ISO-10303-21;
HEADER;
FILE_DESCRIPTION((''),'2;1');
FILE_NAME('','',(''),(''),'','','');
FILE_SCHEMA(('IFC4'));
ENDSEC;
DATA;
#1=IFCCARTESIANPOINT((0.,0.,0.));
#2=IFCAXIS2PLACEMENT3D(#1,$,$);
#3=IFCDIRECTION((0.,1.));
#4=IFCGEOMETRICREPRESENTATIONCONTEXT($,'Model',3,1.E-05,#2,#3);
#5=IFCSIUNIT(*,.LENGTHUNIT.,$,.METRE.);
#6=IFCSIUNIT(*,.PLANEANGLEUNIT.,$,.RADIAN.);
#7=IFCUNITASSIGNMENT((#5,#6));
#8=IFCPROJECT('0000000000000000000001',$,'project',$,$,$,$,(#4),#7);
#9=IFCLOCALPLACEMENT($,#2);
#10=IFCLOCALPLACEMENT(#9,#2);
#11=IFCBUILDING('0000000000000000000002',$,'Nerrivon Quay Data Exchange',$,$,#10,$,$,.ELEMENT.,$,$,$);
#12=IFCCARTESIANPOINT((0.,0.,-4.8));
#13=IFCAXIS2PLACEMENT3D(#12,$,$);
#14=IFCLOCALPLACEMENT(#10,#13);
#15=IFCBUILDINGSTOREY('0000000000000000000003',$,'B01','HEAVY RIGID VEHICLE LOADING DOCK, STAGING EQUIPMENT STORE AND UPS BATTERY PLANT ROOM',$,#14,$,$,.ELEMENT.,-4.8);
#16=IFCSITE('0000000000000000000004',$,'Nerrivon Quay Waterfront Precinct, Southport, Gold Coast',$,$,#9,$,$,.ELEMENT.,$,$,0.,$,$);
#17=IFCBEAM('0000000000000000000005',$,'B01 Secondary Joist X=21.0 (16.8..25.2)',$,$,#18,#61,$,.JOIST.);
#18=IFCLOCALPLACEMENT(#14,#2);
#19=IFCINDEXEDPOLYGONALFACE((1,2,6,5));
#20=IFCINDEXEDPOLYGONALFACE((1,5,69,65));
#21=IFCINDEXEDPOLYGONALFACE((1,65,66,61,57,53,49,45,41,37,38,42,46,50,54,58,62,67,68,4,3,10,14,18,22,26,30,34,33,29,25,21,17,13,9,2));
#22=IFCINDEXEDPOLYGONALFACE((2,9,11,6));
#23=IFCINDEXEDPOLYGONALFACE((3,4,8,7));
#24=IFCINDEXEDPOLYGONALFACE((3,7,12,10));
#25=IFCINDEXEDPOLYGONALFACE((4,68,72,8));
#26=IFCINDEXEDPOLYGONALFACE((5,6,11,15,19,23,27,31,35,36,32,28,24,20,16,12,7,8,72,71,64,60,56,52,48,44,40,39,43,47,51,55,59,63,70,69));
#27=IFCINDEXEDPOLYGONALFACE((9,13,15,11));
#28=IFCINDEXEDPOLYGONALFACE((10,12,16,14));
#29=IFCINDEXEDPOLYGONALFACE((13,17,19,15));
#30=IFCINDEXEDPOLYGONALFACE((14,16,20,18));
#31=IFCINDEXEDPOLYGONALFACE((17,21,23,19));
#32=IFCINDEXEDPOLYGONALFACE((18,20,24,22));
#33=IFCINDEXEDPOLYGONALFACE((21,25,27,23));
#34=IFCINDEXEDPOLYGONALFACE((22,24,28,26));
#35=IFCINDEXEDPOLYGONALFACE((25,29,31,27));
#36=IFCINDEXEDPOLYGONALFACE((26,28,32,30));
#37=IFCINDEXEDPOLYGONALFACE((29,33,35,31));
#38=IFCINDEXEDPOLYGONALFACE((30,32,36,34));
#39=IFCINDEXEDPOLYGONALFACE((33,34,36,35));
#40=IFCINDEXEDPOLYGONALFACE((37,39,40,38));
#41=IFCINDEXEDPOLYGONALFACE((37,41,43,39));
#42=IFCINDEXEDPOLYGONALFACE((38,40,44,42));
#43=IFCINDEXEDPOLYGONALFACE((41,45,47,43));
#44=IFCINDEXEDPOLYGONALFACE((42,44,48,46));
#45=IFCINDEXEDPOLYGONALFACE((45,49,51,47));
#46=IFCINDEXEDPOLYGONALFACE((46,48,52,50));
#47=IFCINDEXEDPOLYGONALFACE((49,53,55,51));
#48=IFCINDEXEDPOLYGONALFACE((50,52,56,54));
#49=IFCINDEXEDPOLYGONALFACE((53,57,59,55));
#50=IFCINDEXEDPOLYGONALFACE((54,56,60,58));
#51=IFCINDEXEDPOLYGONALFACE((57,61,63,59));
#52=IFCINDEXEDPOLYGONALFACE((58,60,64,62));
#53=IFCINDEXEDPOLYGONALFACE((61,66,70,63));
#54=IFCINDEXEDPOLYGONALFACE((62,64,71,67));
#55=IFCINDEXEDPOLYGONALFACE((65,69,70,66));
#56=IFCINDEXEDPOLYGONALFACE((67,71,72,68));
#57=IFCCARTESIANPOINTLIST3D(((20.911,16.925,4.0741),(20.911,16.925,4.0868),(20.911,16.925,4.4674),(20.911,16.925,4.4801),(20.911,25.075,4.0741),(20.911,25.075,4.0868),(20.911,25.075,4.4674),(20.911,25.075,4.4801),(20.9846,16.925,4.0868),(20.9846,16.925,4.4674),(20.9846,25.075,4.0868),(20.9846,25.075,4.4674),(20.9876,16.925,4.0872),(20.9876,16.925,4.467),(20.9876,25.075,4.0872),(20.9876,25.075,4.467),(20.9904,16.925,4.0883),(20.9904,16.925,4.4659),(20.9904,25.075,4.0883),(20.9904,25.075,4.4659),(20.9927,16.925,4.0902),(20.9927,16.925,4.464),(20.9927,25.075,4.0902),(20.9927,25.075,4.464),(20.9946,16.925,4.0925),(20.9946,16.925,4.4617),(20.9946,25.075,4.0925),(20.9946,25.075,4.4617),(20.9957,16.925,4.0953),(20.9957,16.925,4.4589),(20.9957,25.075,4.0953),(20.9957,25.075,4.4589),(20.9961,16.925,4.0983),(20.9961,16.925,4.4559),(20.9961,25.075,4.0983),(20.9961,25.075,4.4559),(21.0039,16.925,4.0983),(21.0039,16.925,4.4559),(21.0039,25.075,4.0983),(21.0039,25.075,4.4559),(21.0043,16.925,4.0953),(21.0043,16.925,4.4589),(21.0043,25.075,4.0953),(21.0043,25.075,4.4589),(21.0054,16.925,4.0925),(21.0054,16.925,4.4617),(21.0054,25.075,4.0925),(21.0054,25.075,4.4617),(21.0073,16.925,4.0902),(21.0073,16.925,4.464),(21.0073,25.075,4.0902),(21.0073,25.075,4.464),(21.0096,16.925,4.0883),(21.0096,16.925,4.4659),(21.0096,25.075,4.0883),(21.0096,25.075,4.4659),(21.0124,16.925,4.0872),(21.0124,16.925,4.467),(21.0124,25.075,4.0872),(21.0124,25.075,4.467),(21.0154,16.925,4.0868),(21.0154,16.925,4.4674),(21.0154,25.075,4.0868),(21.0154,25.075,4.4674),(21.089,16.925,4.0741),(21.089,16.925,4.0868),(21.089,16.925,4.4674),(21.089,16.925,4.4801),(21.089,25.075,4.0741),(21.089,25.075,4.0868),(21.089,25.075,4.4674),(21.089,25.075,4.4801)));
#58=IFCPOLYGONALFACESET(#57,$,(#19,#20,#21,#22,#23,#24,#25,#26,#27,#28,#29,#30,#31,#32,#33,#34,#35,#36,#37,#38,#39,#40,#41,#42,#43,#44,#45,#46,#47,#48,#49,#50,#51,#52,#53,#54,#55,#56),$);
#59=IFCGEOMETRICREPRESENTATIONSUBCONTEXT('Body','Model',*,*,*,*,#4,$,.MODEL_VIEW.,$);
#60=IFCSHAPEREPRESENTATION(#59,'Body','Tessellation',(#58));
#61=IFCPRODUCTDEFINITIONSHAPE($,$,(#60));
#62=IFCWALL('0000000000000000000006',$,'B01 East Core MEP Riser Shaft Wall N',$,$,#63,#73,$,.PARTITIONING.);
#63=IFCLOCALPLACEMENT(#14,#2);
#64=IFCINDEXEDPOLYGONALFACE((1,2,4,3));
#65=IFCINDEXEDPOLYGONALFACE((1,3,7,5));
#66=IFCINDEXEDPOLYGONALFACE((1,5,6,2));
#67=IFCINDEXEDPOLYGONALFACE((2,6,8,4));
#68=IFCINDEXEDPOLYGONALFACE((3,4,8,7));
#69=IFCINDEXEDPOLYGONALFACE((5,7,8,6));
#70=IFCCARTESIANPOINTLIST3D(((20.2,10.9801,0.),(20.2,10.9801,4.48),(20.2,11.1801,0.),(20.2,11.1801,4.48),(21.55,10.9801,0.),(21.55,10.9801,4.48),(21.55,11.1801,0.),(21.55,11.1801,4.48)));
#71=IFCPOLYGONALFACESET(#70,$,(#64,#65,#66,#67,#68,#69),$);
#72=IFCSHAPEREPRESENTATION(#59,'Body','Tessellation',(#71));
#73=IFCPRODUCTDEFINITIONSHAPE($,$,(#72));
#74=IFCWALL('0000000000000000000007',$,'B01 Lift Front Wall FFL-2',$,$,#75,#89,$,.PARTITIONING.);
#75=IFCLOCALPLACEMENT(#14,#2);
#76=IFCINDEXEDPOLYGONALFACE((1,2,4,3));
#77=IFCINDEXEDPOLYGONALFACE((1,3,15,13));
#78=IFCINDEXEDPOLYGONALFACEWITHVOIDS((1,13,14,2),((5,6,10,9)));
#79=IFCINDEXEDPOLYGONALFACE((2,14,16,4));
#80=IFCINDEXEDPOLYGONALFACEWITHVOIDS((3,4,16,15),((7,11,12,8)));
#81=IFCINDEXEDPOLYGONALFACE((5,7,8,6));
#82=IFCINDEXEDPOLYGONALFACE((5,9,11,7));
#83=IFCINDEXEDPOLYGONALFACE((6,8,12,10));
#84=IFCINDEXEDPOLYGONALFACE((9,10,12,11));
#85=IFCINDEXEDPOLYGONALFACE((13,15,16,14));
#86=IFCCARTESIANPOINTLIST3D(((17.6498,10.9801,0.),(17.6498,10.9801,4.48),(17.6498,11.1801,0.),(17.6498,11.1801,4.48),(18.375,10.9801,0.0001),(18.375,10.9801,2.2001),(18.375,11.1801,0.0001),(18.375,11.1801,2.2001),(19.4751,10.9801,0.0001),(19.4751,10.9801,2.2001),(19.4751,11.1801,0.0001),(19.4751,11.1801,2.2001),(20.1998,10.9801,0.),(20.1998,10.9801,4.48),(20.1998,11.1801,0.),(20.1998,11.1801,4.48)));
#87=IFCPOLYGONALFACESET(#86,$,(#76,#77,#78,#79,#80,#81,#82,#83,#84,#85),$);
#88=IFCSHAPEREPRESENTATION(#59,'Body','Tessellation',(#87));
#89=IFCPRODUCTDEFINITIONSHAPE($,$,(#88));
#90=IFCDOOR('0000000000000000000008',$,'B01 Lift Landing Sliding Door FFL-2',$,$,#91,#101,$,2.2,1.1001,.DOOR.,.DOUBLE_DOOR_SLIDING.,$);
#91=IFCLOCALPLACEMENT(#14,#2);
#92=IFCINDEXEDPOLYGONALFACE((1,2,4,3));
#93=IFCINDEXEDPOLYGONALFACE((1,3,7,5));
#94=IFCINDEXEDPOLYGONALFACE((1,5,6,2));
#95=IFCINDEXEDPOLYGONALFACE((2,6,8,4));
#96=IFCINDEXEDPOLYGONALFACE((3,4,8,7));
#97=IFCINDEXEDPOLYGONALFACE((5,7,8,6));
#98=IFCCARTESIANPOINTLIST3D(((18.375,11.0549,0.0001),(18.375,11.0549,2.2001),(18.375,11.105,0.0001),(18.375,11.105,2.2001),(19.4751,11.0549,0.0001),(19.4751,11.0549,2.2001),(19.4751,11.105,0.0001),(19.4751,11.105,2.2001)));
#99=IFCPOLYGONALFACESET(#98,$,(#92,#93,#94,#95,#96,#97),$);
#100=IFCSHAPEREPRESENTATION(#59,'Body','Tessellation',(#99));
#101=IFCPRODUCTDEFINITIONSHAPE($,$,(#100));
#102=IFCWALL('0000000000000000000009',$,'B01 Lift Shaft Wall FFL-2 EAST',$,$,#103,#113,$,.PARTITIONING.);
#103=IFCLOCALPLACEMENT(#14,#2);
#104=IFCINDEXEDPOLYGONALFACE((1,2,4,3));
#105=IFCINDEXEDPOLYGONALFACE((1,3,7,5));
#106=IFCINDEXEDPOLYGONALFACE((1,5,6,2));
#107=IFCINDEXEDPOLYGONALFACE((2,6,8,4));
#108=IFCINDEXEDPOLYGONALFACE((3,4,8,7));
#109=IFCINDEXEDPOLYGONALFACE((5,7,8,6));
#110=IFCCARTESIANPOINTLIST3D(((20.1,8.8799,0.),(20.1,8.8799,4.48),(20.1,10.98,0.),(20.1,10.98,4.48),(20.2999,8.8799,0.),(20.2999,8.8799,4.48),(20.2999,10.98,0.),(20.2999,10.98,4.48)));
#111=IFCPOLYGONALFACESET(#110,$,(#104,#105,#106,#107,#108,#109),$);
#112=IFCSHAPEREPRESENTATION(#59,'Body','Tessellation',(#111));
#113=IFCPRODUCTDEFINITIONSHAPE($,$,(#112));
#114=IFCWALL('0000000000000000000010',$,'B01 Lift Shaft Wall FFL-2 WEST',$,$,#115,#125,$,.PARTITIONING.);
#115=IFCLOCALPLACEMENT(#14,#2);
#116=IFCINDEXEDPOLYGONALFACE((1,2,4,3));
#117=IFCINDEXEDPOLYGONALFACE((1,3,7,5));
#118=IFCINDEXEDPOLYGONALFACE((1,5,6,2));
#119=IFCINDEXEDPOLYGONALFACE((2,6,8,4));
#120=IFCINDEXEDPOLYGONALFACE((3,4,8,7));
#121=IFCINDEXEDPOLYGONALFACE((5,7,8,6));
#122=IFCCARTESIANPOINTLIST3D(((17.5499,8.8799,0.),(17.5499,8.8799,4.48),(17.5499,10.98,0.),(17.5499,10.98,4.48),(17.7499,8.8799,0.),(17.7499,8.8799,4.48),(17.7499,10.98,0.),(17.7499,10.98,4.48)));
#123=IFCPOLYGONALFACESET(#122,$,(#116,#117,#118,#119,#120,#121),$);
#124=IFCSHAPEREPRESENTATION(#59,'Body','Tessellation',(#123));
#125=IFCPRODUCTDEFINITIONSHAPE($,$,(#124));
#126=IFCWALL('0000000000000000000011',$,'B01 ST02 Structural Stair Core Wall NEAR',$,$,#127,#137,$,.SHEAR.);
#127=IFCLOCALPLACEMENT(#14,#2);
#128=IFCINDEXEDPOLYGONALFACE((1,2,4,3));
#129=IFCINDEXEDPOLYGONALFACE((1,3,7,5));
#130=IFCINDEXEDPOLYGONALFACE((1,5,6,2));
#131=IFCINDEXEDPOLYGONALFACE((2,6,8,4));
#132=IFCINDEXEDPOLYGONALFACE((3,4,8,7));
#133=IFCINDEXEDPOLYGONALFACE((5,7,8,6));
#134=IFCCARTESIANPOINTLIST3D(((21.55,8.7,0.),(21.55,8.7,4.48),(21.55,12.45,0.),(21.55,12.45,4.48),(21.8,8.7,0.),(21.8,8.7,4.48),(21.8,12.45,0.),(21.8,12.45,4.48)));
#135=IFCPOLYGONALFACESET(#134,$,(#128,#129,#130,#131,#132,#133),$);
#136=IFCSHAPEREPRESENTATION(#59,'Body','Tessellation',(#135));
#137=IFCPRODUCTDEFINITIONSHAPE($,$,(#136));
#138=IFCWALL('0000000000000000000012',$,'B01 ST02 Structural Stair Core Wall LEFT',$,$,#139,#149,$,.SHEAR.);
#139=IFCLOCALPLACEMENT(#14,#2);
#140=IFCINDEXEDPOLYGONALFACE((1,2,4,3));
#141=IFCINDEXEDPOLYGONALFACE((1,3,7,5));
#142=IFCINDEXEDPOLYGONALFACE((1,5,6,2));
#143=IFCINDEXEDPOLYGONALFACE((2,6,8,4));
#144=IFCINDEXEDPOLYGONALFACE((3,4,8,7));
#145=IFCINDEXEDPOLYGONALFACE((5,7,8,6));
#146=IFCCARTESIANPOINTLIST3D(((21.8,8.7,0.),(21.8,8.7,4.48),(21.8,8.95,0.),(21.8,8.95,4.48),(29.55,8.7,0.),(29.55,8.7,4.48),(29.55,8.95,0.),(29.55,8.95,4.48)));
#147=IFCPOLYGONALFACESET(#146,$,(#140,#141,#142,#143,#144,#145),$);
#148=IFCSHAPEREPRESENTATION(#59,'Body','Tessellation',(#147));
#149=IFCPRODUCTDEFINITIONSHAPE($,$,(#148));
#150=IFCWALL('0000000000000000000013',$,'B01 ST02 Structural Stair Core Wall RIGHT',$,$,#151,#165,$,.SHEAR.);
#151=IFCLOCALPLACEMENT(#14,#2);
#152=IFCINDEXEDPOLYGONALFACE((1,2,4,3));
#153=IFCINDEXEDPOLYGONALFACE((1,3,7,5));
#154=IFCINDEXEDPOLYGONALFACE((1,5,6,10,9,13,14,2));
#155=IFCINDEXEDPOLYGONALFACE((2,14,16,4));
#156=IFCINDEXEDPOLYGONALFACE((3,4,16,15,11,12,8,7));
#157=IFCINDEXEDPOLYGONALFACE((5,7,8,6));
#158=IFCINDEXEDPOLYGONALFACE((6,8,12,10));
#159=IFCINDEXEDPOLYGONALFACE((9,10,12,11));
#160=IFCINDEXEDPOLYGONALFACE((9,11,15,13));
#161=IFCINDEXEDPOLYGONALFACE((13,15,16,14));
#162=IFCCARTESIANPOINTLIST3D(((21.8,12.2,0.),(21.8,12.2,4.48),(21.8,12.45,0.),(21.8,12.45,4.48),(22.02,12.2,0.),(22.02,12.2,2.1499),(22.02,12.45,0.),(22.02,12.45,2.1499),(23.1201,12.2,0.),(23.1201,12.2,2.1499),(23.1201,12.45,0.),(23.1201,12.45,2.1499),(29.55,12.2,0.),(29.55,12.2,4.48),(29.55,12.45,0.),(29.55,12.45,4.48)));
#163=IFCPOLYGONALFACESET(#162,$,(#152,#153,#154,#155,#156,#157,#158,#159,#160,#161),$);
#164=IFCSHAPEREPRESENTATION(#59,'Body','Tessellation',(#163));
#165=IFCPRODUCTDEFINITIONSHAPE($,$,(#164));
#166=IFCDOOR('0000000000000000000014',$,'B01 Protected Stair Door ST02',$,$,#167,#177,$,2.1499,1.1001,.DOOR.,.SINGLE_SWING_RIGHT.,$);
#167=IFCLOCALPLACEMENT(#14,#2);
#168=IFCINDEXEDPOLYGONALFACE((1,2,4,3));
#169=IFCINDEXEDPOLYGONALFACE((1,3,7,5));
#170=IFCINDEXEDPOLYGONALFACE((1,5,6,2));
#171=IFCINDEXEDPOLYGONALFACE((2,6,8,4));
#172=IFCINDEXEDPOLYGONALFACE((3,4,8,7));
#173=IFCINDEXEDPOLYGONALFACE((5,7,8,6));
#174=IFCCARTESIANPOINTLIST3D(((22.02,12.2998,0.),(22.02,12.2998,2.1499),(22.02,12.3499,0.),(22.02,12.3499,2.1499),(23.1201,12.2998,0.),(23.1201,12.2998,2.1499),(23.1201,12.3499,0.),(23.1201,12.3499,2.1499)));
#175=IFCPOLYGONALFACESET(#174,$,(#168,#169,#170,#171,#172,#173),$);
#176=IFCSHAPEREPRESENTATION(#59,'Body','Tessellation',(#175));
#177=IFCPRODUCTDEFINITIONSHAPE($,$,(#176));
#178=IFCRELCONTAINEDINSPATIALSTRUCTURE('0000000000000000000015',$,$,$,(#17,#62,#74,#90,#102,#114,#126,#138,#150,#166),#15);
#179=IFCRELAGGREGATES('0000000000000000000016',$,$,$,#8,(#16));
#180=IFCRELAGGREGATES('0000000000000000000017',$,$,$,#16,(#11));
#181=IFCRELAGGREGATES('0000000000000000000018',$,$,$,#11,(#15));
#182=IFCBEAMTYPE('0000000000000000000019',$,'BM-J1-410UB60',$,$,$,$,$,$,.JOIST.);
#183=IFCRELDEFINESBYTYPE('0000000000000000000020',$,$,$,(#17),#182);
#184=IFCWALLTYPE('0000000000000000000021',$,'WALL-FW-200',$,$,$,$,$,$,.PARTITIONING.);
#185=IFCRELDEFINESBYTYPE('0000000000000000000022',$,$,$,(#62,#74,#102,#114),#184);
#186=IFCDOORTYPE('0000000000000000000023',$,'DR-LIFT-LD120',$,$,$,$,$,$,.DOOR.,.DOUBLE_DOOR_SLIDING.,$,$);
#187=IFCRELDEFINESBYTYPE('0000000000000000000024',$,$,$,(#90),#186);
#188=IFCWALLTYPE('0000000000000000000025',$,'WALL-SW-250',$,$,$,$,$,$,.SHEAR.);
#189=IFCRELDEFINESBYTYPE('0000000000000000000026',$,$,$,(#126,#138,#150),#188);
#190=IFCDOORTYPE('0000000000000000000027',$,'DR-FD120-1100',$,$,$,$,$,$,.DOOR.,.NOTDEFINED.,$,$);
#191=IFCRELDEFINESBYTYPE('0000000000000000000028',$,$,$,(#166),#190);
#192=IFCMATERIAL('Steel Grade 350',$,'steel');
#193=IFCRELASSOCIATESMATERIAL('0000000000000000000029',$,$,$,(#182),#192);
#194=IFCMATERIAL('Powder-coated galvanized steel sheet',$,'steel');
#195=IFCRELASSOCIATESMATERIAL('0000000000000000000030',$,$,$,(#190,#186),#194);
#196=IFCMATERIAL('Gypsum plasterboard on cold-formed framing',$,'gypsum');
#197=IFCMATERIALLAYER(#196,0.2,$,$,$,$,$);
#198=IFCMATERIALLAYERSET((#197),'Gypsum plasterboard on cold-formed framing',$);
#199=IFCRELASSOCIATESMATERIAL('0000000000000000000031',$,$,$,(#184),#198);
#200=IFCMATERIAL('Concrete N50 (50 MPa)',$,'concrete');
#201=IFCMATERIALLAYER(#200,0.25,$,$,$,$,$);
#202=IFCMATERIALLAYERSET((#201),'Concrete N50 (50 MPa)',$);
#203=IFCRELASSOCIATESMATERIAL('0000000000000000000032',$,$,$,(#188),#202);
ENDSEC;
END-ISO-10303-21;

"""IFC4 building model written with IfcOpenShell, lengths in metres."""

from ifc_helpers import new_model, si_unit, direction, frame, frame_2d, origin, origin_2d, place, context, subcontext, project, spatial, rectangle, i_section, extrude, material, layer, layer_set, material_profile, profile_set, type_object, element, fill, save


model = new_model("IFC4")

# Units and contexts
model_context = context("Model", 3, precision=1e-05, world=origin(), true_north=direction((0.0, 1.0)))
body_context = subcontext(model_context, "Body", "Model", "MODEL_VIEW")
ifc_project = project(units=[si_unit("LENGTHUNIT", "METRE"), si_unit("PLANEANGLEUNIT", "RADIAN")], contexts=[model_context])

# Site, building, storey
site_placement = place(None, origin())
site = spatial("IfcSite", under=ifc_project, at=site_placement, Name="Nerrivon Quay Waterfront Precinct, Southport, Gold Coast", CompositionType="ELEMENT", RefElevation=0.0)
building_placement = place(site_placement, origin())
building = spatial("IfcBuilding", under=site, at=building_placement, Name="Nerrivon Quay Data Exchange", CompositionType="ELEMENT")
storey_placement = place(building_placement, frame((0.0, 0.0, -4.8)))
storey = spatial("IfcBuildingStorey", under=building, at=storey_placement, Name="B01", Description="HEAVY RIGID VEHICLE LOADING DOCK, STAGING EQUIPMENT STORE AND UPS BATTERY PLANT ROOM", CompositionType="ELEMENT", Elevation=-4.8)

# Beam
ifc_material_1 = material(Name="Steel Grade 350", Category="steel")
ifc_material_profile_1 = material_profile(ifc_material_1, i_section(OverallWidth=0.178, OverallDepth=0.406, WebThickness=0.0078, FlangeThickness=0.0127, FilletRadius=0.0115, at=origin_2d()), Name="410UB59.7")
ifc_profile_set_1 = profile_set([ifc_material_profile_1], Name="Steel Grade 350")
beam_type_1 = type_object("IfcBeamType", Name="BM-J1-410UB60", PredefinedType="JOIST", material=ifc_profile_set_1)
beam_1_placement = place(storey_placement, frame((21.0, 16.925, 4.2771), z_axis=(0.0, 1.0, 0.0), x_axis=(-1.0, 0.0, 0.0)))
element("IfcBeam", 1, at=beam_1_placement, inside=storey, type_object=beam_type_1, Name="B01 Secondary Joist X=21.0 (16.8..25.2)", PredefinedType="JOIST", context=body_context, shape_type="SweptSolid", body=[
    extrude(i_section(OverallWidth=0.178, OverallDepth=0.406, WebThickness=0.0078, FlangeThickness=0.0127, FilletRadius=0.0115, at=origin_2d()), origin(), (0.0, 0.0, 1.0), 8.1499),
])

# Shared definitions
ifc_material_2 = material(Name="Powder-coated galvanized steel sheet", Category="steel")
door_type_1 = type_object("IfcDoorType", Name="DR-FD120-1100", OperationType="NOTDEFINED", PredefinedType="DOOR", material=ifc_material_2)

# Wall
ifc_material_3 = material(Name="Gypsum plasterboard on cold-formed framing", Category="gypsum")
ifc_layer_1 = layer(ifc_material_3, 0.2)
ifc_layer_set_1 = layer_set([ifc_layer_1], Name="Gypsum plasterboard on cold-formed framing")
wall_type_1 = type_object("IfcWallType", Name="WALL-FW-200", PredefinedType="PARTITIONING", material=ifc_layer_set_1)
wall_1_placement = place(storey_placement, frame((20.2, 11.0801, 0.0), z_axis=(0.0, 0.0, 1.0), x_axis=(1.0, 0.0, 0.0)))
element("IfcWall", 2, at=wall_1_placement, inside=storey, type_object=wall_type_1, Name="B01 East Core MEP Riser Shaft Wall N", PredefinedType="PARTITIONING", context=body_context, shape_type="SweptSolid", body=[
    extrude(rectangle(XDim=1.3501, YDim=0.2, at=frame_2d((0.675, 0.0))), origin(), (0.0, 0.0, 1.0), 4.48),
])

# Wall, opening, door
wall_2_placement = place(storey_placement, frame((17.6499, 11.0801, 0.0), z_axis=(0.0, 0.0, 1.0), x_axis=(1.0, 0.0, 0.0)))
wall_2 = element("IfcWall", 3, at=wall_2_placement, inside=storey, type_object=wall_type_1, Name="B01 Lift Front Wall FFL-2", PredefinedType="PARTITIONING", context=body_context, shape_type="SweptSolid", body=[
    extrude(rectangle(XDim=2.55, YDim=0.2, at=frame_2d((1.2749, 0.0))), origin(), (0.0, 0.0, 1.0), 4.48),
])
opening_1_placement = place(wall_2_placement, frame((0.7251, 0.0, 0.0)))
opening_1 = element("IfcOpeningElement", 4, at=opening_1_placement, cuts=wall_2, PredefinedType="OPENING", context=body_context, shape_type="SweptSolid", body=[
    extrude(rectangle(XDim=1.1001, YDim=2.2, at=frame_2d((0.55, 1.1001))), frame((0.0, 0.1099, 0.0), z_axis=(0.0, -1.0, 0.0), x_axis=(1.0, 0.0, 0.0)), (0.0, 0.0, 1.0), 0.22),
])
door_type_2 = type_object("IfcDoorType", Name="DR-LIFT-LD120", OperationType="DOUBLE_DOOR_SLIDING", PredefinedType="DOOR", material=ifc_material_2)
door_1_placement = place(opening_1_placement, origin())
door_1 = element("IfcDoor", 5, at=door_1_placement, inside=storey, type_object=door_type_2, Name="B01 Lift Landing Sliding Door FFL-2", OperationType="DOUBLE_DOOR_SLIDING", OverallHeight=2.2, OverallWidth=1.1001, PredefinedType="DOOR", context=body_context, shape_type="SweptSolid", body=[
    extrude(rectangle(XDim=1.1001, YDim=2.2, at=frame_2d((0.55, 1.1001))), frame((0.0, 0.0249, 0.0), z_axis=(0.0, -1.0, 0.0), x_axis=(1.0, 0.0, 0.0)), (0.0, 0.0, 1.0), 0.05),
])
fill(opening_1, door_1)

# Walls
for number, where, z_axis, x_axis, name in (
    (6, (20.2, 8.8799, 0.0), (0.0, 0.0, 1.0), (0.0, 1.0, 0.0), "B01 Lift Shaft Wall FFL-2 EAST"),
    (7, (17.6499, 8.8799, 0.0), (0.0, 0.0, 1.0), (0.0, 1.0, 0.0), "B01 Lift Shaft Wall FFL-2 WEST"),
):
    element("IfcWall", number, at=place(storey_placement, frame(where, z_axis=z_axis, x_axis=x_axis)), inside=storey, type_object=wall_type_1, Name=name, PredefinedType="PARTITIONING", context=body_context, shape_type="SweptSolid", body=[
        extrude(rectangle(XDim=2.1001, YDim=0.2, at=frame_2d((1.05, 0.0))), origin(), (0.0, 0.0, 1.0), 4.48),
    ])
ifc_material_4 = material(Name="Concrete N50 (50 MPa)", Category="concrete")
ifc_layer_2 = layer(ifc_material_4, 0.25)
ifc_layer_set_2 = layer_set([ifc_layer_2], Name="Concrete N50 (50 MPa)")
wall_type_2 = type_object("IfcWallType", Name="WALL-SW-250", PredefinedType="SHEAR", material=ifc_layer_set_2)
wall_3_placement = place(storey_placement, frame((21.675, 8.7, 0.0), z_axis=(0.0, 0.0, 1.0), x_axis=(0.0, 1.0, 0.0)))
element("IfcWall", 8, at=wall_3_placement, inside=storey, type_object=wall_type_2, Name="B01 ST02 Structural Stair Core Wall NEAR", PredefinedType="SHEAR", context=body_context, shape_type="SweptSolid", body=[
    extrude(rectangle(XDim=3.75, YDim=0.25, at=frame_2d((1.875, 0.0))), origin(), (0.0, 0.0, 1.0), 4.48),
])
wall_4_placement = place(storey_placement, frame((21.8, 8.825, 0.0), z_axis=(0.0, 0.0, 1.0), x_axis=(1.0, 0.0, 0.0)))
element("IfcWall", 9, at=wall_4_placement, inside=storey, type_object=wall_type_2, Name="B01 ST02 Structural Stair Core Wall LEFT", PredefinedType="SHEAR", context=body_context, shape_type="SweptSolid", body=[
    extrude(rectangle(XDim=7.75, YDim=0.25, at=frame_2d((3.875, 0.0))), origin(), (0.0, 0.0, 1.0), 4.48),
])

# Wall, opening, door
wall_5_placement = place(storey_placement, frame((21.8, 12.325, 0.0), z_axis=(0.0, 0.0, 1.0), x_axis=(1.0, 0.0, 0.0)))
wall_5 = element("IfcWall", 10, at=wall_5_placement, inside=storey, type_object=wall_type_2, Name="B01 ST02 Structural Stair Core Wall RIGHT", PredefinedType="SHEAR", context=body_context, shape_type="SweptSolid", body=[
    extrude(rectangle(XDim=7.75, YDim=0.25, at=frame_2d((3.875, 0.0))), origin(), (0.0, 0.0, 1.0), 4.48),
])
opening_2_placement = place(wall_5_placement, frame((0.22, 0.0, 0.0)))
opening_2 = element("IfcOpeningElement", 11, at=opening_2_placement, cuts=wall_5, PredefinedType="OPENING", context=body_context, shape_type="SweptSolid", body=[
    extrude(rectangle(XDim=1.1001, YDim=2.1499, at=frame_2d((0.55, 1.075))), frame((0.0, 0.135, 0.0), z_axis=(0.0, -1.0, 0.0), x_axis=(1.0, 0.0, 0.0)), (0.0, 0.0, 1.0), 0.27),
])
door_2_placement = place(opening_2_placement, origin())
door_2 = element("IfcDoor", 12, at=door_2_placement, inside=storey, type_object=door_type_1, Name="B01 Protected Stair Door ST02", OperationType="SINGLE_SWING_RIGHT", OverallHeight=2.1499, OverallWidth=1.1001, PredefinedType="DOOR", context=body_context, shape_type="SweptSolid", body=[
    extrude(rectangle(XDim=1.1001, YDim=2.1499, at=frame_2d((0.55, 1.075))), frame((0.0, 0.0249, 0.0), z_axis=(0.0, -1.0, 0.0), x_axis=(1.0, 0.0, 0.0)), (0.0, 0.0, 1.0), 0.05),
])
fill(opening_2, door_2)

save(model, "model.ifc")
